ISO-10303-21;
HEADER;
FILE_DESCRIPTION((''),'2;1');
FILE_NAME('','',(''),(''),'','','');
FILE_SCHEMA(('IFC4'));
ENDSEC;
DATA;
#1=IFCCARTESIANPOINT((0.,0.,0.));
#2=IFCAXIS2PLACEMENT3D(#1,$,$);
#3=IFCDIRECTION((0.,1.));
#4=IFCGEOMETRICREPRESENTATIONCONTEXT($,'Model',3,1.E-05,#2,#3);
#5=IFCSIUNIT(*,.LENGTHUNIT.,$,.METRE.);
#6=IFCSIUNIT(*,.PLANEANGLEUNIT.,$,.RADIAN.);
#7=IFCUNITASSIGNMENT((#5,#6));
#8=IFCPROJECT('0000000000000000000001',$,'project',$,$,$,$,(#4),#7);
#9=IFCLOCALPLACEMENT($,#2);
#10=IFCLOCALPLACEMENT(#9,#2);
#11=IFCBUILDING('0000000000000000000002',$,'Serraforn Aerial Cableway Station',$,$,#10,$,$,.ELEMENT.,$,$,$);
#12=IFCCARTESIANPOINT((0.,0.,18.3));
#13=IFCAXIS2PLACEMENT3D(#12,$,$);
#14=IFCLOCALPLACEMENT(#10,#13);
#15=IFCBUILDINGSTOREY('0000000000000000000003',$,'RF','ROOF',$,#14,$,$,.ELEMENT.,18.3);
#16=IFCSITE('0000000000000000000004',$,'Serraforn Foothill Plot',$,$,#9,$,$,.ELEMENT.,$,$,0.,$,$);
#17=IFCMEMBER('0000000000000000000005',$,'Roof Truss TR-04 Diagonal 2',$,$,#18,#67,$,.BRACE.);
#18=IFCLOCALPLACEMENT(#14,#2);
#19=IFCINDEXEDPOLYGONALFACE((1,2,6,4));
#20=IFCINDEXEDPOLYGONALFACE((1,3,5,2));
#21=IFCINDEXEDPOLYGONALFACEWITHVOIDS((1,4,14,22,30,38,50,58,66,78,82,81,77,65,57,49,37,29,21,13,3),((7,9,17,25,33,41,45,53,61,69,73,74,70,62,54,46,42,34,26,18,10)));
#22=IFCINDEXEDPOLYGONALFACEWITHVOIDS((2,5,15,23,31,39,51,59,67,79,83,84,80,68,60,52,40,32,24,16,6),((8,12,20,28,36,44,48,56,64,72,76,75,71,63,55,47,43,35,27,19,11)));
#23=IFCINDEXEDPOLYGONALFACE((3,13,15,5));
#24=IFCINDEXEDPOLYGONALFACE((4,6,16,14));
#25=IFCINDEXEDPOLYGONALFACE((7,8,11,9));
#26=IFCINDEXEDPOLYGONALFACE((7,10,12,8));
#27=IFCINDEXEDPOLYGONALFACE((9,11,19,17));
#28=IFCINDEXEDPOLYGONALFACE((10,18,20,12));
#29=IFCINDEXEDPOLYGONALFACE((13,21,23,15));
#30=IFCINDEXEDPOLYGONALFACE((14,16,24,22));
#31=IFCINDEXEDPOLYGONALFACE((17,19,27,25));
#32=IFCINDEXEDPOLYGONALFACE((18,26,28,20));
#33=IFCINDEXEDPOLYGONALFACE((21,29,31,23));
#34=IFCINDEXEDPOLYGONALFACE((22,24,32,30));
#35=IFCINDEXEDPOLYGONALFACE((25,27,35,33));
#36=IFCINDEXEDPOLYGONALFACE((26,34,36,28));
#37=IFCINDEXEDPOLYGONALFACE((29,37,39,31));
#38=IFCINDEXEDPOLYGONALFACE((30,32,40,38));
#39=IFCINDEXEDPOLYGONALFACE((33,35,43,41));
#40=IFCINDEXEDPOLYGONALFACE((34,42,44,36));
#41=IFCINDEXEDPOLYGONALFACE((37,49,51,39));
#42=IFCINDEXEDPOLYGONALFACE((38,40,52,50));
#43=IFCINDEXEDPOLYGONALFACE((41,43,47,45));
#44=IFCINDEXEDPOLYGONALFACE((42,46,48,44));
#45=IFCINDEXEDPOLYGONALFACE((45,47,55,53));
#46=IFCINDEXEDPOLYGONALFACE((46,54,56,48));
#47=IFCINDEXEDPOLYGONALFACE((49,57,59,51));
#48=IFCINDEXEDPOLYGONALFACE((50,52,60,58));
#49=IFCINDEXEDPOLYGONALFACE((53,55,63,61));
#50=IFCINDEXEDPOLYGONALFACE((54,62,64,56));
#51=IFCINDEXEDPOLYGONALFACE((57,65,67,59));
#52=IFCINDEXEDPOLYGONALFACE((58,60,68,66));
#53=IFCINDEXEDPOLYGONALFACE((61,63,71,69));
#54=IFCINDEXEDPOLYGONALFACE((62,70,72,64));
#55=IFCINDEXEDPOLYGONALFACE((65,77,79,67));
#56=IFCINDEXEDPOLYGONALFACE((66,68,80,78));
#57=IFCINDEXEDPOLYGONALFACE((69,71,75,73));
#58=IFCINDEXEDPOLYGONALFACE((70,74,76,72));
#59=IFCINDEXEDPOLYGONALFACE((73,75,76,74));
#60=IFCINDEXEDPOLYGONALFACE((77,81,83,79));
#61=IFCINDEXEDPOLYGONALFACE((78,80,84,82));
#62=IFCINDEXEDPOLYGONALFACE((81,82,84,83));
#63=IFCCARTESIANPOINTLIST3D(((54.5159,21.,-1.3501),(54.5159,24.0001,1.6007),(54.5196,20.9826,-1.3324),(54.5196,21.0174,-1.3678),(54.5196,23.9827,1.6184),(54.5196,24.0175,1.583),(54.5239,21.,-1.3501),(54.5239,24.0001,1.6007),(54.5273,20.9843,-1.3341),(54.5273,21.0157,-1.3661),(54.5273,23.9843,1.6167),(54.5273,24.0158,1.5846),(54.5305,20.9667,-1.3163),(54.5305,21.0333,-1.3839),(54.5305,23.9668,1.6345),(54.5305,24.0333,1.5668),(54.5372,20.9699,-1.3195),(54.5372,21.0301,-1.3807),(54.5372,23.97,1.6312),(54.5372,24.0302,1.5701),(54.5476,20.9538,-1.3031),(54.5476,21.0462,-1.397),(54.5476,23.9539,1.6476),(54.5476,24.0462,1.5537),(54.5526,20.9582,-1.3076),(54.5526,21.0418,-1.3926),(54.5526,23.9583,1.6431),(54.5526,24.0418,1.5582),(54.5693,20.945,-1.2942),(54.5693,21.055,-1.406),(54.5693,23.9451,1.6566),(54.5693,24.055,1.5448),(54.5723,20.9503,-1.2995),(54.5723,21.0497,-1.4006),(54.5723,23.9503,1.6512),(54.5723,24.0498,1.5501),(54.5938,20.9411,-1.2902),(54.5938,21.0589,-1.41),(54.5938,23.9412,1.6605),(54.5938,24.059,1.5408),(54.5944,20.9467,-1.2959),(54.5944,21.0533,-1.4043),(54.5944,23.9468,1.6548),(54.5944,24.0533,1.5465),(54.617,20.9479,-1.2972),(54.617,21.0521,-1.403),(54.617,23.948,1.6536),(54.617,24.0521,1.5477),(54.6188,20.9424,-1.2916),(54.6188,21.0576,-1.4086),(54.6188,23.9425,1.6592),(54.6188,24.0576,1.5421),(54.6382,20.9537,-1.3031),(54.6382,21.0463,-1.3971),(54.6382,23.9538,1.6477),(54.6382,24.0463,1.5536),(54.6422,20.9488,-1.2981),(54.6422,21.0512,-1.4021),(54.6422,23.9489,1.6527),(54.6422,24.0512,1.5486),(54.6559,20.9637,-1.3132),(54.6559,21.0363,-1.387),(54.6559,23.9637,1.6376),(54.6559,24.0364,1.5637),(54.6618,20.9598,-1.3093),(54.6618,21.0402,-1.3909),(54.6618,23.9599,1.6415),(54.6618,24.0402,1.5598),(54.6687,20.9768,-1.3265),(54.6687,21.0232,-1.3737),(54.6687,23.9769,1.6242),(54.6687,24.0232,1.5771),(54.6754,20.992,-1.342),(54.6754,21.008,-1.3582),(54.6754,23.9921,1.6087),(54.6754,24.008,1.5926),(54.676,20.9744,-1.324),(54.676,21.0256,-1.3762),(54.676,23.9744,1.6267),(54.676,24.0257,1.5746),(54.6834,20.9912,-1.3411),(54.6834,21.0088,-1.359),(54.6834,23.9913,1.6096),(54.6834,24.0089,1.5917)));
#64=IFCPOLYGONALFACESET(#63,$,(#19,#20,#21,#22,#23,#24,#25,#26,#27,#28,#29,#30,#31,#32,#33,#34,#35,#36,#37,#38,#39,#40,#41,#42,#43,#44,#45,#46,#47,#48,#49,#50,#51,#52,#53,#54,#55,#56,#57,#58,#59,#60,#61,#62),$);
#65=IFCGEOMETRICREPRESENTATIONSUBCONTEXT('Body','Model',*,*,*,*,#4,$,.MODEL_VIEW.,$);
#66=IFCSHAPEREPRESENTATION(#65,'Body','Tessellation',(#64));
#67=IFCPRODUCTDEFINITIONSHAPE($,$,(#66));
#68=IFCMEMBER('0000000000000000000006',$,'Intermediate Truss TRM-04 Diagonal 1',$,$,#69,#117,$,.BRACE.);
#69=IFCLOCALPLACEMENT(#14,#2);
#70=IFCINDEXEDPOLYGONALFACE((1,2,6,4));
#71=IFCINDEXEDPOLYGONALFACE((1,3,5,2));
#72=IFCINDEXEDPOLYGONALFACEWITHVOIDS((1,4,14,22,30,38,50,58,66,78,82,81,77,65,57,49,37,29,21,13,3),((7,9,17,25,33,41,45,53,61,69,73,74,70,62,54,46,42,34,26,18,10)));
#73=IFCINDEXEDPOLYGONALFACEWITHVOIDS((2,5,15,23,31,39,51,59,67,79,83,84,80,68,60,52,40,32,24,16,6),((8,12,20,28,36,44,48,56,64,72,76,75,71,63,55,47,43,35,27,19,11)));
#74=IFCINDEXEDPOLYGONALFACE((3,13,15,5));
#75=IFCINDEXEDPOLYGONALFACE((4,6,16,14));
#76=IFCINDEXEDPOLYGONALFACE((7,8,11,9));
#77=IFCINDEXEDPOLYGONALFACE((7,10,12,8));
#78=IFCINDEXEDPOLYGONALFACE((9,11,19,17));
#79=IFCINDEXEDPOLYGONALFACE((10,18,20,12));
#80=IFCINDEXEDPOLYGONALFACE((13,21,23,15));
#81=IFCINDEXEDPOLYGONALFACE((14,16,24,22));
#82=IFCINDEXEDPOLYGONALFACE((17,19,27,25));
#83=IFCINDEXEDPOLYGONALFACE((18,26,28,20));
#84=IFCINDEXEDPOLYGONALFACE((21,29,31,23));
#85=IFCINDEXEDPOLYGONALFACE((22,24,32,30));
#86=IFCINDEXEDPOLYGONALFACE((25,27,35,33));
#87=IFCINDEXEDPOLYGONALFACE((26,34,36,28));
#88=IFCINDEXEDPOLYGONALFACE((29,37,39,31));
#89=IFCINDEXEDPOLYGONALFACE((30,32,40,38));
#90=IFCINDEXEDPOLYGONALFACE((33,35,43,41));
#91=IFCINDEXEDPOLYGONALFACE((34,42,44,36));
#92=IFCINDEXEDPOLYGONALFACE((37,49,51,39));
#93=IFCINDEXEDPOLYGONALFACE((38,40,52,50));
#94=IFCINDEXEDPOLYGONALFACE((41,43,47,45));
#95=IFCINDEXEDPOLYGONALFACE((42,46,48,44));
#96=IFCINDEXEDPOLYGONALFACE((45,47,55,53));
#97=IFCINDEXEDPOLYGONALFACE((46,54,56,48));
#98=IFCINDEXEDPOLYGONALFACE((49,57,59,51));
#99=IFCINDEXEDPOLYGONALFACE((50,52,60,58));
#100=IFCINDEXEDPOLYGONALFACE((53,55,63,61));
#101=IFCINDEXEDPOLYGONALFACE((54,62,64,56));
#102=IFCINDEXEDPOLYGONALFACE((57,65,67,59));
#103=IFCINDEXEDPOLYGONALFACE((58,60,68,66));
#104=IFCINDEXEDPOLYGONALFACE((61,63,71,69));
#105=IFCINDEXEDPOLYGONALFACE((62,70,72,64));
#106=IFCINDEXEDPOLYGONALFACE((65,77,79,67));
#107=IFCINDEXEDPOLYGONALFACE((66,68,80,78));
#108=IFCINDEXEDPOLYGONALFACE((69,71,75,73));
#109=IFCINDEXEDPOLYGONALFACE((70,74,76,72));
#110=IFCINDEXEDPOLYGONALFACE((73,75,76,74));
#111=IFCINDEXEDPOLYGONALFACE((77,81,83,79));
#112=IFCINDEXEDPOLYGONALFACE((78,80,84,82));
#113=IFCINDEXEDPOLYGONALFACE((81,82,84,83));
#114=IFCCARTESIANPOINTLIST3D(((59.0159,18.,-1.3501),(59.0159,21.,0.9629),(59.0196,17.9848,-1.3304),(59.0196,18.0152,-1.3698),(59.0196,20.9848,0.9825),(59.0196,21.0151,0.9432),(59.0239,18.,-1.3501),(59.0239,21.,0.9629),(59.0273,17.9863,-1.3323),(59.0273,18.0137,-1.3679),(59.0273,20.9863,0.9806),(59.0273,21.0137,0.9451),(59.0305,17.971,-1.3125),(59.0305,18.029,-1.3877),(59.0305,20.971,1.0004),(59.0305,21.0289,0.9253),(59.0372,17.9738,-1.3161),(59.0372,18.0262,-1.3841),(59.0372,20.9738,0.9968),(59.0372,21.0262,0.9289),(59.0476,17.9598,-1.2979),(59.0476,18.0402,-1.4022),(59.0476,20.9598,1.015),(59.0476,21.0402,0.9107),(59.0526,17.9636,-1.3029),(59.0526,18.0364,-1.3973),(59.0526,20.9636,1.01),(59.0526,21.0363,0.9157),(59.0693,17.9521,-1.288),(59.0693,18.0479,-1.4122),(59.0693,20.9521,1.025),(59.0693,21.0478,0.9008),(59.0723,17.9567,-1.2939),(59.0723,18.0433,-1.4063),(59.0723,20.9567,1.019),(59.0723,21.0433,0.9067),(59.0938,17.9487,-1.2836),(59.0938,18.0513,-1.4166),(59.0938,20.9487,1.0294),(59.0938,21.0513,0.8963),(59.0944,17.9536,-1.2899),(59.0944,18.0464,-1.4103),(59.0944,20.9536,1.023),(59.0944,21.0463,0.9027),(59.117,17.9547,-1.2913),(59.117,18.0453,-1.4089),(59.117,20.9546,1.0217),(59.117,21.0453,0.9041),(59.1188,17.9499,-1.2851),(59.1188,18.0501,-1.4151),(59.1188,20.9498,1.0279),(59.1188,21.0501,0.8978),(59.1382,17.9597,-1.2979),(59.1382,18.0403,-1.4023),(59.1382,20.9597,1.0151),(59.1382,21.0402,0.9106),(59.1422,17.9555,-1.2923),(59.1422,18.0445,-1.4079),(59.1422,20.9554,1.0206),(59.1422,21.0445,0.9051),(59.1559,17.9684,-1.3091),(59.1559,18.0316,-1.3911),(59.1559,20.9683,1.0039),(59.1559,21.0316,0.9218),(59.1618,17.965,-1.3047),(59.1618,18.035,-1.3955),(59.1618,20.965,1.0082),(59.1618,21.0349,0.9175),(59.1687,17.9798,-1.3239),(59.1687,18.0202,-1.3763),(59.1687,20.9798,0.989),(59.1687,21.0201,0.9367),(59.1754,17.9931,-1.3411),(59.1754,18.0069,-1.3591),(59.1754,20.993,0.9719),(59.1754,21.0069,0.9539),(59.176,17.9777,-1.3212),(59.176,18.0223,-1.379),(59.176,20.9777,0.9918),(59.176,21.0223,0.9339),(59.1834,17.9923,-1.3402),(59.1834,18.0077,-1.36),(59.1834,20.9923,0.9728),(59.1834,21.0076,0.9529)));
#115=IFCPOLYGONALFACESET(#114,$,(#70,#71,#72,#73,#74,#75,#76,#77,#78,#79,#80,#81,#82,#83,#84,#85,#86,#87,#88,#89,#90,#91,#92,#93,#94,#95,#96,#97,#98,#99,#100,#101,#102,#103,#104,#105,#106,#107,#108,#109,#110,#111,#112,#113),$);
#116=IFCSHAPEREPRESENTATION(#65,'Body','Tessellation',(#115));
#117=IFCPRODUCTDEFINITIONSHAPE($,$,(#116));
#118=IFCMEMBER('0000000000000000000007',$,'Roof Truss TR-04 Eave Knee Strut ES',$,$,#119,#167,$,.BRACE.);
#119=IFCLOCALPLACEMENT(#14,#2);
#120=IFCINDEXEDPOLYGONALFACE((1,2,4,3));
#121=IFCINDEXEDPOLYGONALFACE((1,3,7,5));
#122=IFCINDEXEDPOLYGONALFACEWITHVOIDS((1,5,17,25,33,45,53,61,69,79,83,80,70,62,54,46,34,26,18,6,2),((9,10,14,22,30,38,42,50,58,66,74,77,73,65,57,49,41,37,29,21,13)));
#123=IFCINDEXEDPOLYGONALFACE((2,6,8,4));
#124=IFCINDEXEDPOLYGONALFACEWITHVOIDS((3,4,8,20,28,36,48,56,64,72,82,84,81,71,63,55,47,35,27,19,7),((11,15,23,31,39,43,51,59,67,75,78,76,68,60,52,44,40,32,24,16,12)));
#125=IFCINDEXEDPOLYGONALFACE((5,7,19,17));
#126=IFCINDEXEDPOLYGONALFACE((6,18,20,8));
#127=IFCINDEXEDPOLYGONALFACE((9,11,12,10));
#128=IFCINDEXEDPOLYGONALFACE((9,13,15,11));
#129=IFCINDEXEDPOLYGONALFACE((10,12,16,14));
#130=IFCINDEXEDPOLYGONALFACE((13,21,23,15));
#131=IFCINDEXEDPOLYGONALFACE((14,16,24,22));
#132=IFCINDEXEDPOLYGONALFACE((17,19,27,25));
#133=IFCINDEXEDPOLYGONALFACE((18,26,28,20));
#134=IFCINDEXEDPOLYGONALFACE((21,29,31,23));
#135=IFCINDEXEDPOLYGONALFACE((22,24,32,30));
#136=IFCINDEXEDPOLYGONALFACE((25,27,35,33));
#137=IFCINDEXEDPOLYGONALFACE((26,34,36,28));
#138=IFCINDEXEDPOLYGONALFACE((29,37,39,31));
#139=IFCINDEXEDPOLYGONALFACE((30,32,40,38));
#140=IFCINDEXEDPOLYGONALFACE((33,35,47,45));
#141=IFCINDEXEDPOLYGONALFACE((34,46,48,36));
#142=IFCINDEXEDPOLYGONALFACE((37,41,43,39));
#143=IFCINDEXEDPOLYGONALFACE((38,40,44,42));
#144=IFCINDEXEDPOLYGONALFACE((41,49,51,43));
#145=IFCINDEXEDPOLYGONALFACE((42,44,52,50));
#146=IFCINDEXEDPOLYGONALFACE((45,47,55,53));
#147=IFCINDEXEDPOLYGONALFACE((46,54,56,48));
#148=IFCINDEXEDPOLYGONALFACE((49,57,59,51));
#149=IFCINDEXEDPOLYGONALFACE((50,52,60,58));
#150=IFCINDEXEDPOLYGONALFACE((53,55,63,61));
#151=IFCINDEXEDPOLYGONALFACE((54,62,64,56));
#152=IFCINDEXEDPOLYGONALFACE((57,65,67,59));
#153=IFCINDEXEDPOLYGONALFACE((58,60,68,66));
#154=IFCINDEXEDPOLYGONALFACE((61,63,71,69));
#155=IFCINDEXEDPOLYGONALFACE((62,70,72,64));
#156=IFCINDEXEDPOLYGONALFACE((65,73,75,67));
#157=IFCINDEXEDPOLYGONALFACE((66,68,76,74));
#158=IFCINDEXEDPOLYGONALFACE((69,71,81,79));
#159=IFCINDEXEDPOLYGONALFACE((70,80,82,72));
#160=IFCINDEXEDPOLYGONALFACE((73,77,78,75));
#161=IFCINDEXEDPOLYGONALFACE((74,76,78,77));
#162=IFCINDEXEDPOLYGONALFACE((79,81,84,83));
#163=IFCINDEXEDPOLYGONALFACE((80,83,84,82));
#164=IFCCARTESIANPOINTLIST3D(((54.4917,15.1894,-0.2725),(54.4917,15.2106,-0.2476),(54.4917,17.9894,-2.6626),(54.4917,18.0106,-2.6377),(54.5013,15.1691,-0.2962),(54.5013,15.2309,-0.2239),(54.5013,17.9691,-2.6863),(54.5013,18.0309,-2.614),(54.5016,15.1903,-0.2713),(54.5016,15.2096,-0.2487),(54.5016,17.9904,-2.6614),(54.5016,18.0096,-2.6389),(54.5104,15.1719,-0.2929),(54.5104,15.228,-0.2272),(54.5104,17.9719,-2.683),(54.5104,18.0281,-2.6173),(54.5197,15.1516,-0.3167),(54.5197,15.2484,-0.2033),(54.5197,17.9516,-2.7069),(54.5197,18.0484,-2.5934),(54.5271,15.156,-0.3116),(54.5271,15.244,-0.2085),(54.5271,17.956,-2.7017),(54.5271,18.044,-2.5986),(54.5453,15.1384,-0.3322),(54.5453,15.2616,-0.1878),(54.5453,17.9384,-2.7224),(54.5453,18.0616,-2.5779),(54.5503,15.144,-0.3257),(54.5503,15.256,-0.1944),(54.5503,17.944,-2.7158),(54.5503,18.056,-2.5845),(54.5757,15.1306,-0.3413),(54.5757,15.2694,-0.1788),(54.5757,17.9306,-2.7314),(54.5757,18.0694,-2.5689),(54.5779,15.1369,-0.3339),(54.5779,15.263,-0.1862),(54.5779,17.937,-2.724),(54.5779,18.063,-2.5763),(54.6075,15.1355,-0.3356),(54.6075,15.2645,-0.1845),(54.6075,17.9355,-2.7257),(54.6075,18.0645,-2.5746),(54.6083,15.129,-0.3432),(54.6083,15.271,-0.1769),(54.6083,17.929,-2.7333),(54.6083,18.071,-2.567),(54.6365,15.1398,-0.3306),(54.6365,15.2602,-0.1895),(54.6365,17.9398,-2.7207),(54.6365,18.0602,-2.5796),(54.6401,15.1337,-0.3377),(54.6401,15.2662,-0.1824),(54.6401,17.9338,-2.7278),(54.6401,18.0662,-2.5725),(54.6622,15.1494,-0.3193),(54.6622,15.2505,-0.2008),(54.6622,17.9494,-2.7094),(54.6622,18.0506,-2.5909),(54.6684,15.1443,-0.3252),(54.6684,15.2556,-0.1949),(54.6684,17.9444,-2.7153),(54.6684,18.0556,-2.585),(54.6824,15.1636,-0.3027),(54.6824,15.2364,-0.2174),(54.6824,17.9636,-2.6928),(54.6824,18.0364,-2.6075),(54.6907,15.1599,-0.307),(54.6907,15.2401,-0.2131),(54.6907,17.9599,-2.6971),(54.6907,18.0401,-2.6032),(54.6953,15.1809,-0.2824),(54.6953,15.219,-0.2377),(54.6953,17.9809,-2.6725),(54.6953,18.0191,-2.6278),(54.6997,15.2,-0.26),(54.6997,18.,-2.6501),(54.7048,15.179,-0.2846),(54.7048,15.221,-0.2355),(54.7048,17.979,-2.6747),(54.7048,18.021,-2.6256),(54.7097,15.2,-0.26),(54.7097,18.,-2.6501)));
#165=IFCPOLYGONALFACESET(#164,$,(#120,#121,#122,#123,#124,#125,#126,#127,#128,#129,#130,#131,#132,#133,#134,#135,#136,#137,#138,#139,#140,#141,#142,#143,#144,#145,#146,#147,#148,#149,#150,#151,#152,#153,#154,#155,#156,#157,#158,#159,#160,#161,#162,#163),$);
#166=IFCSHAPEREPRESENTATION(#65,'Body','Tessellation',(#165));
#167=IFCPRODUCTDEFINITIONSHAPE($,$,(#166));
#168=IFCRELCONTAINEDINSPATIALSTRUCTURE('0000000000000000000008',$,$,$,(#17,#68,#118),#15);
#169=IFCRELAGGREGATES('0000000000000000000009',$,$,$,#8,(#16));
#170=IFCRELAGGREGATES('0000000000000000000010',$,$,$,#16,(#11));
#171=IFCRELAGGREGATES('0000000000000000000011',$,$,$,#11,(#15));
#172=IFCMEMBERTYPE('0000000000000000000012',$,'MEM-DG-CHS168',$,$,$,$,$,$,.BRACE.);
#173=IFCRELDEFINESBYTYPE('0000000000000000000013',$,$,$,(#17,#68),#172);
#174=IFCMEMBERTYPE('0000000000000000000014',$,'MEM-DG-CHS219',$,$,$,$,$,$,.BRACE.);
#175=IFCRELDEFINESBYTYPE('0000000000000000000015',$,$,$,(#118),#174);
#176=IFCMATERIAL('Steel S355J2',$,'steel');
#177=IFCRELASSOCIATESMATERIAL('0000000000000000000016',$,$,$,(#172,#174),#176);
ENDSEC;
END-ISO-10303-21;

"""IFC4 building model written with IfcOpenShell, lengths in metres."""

from ifc_helpers import new_model, si_unit, direction, frame, origin, origin_2d, place, context, subcontext, project, spatial, hollow_circle, extrude, material, material_profile, profile_set, type_object, element, save


model = new_model("IFC4")

# Units and contexts
model_context = context("Model", 3, precision=1e-05, world=origin(), true_north=direction((0.0, 1.0)))
body_context = subcontext(model_context, "Body", "Model", "MODEL_VIEW")
ifc_project = project(units=[si_unit("LENGTHUNIT", "METRE"), si_unit("PLANEANGLEUNIT", "RADIAN")], contexts=[model_context])

# Site, building, storey
site_placement = place(None, origin())
site = spatial("IfcSite", under=ifc_project, at=site_placement, Name="Serraforn Foothill Plot", CompositionType="ELEMENT", RefElevation=0.0)
building_placement = place(site_placement, origin())
building = spatial("IfcBuilding", under=site, at=building_placement, Name="Serraforn Aerial Cableway Station", CompositionType="ELEMENT")
storey_placement = place(building_placement, frame((0.0, 0.0, 18.3)))
storey = spatial("IfcBuildingStorey", under=building, at=storey_placement, Name="RF", Description="ROOF", CompositionType="ELEMENT", Elevation=18.3)

# Shared definitions
ifc_material_1 = material(Name="Steel S355J2", Category="steel")

# Members
ifc_material_profile_1 = material_profile(ifc_material_1, hollow_circle(Radius=0.0842, WallThickness=0.0081, at=origin_2d()), Name="CHS 168.3x8.0")
ifc_profile_set_1 = profile_set([ifc_material_profile_1], Name="Steel S355J2")
member_type_1 = type_object("IfcMemberType", Name="MEM-DG-CHS168", PredefinedType="BRACE", material=ifc_profile_set_1)
member_1_placement = place(storey_placement, frame((54.6001, 21.0, -1.3501), z_axis=(0.0, 0.712942, 0.701223), x_axis=(-1.0, 0.0, 0.0)))
element("IfcMember", 1, at=member_1_placement, inside=storey, type_object=member_type_1, Name="Roof Truss TR-04 Diagonal 2", PredefinedType="BRACE", context=body_context, shape_type="SweptSolid", body=[
    extrude(hollow_circle(Radius=0.0842, WallThickness=0.0081, at=origin_2d()), origin(), (0.0, 0.0, 1.0), 4.208),
])
member_2_placement = place(storey_placement, frame((59.1001, 18.0, -1.3501), z_axis=(0.0, 0.791948, 0.610589), x_axis=(-1.0, 0.0, 0.0)))
element("IfcMember", 2, at=member_2_placement, inside=storey, type_object=member_type_1, Name="Intermediate Truss TRM-04 Diagonal 1", PredefinedType="BRACE", context=body_context, shape_type="SweptSolid", body=[
    extrude(hollow_circle(Radius=0.0842, WallThickness=0.0081, at=origin_2d()), origin(), (0.0, 0.0, 1.0), 3.7881),
])
ifc_material_profile_2 = material_profile(ifc_material_1, hollow_circle(Radius=0.1096, WallThickness=0.01, at=origin_2d()), Name="CHS 219.1x10.0")
ifc_profile_set_2 = profile_set([ifc_material_profile_2], Name="Steel S355J2")
member_type_2 = type_object("IfcMemberType", Name="MEM-DG-CHS219", PredefinedType="BRACE", material=ifc_profile_set_2)
member_3_placement = place(storey_placement, frame((54.6001, 18.0, -2.6501), z_axis=(0.0, -0.760584, 0.649239), x_axis=(1.0, 0.0, 0.0)))
element("IfcMember", 3, at=member_3_placement, inside=storey, type_object=member_type_2, Name="Roof Truss TR-04 Eave Knee Strut ES", PredefinedType="BRACE", context=body_context, shape_type="SweptSolid", body=[
    extrude(hollow_circle(Radius=0.1096, WallThickness=0.01, at=origin_2d()), origin(), (0.0, 0.0, 1.0), 3.6814),
])

save(model, "model.ifc")
